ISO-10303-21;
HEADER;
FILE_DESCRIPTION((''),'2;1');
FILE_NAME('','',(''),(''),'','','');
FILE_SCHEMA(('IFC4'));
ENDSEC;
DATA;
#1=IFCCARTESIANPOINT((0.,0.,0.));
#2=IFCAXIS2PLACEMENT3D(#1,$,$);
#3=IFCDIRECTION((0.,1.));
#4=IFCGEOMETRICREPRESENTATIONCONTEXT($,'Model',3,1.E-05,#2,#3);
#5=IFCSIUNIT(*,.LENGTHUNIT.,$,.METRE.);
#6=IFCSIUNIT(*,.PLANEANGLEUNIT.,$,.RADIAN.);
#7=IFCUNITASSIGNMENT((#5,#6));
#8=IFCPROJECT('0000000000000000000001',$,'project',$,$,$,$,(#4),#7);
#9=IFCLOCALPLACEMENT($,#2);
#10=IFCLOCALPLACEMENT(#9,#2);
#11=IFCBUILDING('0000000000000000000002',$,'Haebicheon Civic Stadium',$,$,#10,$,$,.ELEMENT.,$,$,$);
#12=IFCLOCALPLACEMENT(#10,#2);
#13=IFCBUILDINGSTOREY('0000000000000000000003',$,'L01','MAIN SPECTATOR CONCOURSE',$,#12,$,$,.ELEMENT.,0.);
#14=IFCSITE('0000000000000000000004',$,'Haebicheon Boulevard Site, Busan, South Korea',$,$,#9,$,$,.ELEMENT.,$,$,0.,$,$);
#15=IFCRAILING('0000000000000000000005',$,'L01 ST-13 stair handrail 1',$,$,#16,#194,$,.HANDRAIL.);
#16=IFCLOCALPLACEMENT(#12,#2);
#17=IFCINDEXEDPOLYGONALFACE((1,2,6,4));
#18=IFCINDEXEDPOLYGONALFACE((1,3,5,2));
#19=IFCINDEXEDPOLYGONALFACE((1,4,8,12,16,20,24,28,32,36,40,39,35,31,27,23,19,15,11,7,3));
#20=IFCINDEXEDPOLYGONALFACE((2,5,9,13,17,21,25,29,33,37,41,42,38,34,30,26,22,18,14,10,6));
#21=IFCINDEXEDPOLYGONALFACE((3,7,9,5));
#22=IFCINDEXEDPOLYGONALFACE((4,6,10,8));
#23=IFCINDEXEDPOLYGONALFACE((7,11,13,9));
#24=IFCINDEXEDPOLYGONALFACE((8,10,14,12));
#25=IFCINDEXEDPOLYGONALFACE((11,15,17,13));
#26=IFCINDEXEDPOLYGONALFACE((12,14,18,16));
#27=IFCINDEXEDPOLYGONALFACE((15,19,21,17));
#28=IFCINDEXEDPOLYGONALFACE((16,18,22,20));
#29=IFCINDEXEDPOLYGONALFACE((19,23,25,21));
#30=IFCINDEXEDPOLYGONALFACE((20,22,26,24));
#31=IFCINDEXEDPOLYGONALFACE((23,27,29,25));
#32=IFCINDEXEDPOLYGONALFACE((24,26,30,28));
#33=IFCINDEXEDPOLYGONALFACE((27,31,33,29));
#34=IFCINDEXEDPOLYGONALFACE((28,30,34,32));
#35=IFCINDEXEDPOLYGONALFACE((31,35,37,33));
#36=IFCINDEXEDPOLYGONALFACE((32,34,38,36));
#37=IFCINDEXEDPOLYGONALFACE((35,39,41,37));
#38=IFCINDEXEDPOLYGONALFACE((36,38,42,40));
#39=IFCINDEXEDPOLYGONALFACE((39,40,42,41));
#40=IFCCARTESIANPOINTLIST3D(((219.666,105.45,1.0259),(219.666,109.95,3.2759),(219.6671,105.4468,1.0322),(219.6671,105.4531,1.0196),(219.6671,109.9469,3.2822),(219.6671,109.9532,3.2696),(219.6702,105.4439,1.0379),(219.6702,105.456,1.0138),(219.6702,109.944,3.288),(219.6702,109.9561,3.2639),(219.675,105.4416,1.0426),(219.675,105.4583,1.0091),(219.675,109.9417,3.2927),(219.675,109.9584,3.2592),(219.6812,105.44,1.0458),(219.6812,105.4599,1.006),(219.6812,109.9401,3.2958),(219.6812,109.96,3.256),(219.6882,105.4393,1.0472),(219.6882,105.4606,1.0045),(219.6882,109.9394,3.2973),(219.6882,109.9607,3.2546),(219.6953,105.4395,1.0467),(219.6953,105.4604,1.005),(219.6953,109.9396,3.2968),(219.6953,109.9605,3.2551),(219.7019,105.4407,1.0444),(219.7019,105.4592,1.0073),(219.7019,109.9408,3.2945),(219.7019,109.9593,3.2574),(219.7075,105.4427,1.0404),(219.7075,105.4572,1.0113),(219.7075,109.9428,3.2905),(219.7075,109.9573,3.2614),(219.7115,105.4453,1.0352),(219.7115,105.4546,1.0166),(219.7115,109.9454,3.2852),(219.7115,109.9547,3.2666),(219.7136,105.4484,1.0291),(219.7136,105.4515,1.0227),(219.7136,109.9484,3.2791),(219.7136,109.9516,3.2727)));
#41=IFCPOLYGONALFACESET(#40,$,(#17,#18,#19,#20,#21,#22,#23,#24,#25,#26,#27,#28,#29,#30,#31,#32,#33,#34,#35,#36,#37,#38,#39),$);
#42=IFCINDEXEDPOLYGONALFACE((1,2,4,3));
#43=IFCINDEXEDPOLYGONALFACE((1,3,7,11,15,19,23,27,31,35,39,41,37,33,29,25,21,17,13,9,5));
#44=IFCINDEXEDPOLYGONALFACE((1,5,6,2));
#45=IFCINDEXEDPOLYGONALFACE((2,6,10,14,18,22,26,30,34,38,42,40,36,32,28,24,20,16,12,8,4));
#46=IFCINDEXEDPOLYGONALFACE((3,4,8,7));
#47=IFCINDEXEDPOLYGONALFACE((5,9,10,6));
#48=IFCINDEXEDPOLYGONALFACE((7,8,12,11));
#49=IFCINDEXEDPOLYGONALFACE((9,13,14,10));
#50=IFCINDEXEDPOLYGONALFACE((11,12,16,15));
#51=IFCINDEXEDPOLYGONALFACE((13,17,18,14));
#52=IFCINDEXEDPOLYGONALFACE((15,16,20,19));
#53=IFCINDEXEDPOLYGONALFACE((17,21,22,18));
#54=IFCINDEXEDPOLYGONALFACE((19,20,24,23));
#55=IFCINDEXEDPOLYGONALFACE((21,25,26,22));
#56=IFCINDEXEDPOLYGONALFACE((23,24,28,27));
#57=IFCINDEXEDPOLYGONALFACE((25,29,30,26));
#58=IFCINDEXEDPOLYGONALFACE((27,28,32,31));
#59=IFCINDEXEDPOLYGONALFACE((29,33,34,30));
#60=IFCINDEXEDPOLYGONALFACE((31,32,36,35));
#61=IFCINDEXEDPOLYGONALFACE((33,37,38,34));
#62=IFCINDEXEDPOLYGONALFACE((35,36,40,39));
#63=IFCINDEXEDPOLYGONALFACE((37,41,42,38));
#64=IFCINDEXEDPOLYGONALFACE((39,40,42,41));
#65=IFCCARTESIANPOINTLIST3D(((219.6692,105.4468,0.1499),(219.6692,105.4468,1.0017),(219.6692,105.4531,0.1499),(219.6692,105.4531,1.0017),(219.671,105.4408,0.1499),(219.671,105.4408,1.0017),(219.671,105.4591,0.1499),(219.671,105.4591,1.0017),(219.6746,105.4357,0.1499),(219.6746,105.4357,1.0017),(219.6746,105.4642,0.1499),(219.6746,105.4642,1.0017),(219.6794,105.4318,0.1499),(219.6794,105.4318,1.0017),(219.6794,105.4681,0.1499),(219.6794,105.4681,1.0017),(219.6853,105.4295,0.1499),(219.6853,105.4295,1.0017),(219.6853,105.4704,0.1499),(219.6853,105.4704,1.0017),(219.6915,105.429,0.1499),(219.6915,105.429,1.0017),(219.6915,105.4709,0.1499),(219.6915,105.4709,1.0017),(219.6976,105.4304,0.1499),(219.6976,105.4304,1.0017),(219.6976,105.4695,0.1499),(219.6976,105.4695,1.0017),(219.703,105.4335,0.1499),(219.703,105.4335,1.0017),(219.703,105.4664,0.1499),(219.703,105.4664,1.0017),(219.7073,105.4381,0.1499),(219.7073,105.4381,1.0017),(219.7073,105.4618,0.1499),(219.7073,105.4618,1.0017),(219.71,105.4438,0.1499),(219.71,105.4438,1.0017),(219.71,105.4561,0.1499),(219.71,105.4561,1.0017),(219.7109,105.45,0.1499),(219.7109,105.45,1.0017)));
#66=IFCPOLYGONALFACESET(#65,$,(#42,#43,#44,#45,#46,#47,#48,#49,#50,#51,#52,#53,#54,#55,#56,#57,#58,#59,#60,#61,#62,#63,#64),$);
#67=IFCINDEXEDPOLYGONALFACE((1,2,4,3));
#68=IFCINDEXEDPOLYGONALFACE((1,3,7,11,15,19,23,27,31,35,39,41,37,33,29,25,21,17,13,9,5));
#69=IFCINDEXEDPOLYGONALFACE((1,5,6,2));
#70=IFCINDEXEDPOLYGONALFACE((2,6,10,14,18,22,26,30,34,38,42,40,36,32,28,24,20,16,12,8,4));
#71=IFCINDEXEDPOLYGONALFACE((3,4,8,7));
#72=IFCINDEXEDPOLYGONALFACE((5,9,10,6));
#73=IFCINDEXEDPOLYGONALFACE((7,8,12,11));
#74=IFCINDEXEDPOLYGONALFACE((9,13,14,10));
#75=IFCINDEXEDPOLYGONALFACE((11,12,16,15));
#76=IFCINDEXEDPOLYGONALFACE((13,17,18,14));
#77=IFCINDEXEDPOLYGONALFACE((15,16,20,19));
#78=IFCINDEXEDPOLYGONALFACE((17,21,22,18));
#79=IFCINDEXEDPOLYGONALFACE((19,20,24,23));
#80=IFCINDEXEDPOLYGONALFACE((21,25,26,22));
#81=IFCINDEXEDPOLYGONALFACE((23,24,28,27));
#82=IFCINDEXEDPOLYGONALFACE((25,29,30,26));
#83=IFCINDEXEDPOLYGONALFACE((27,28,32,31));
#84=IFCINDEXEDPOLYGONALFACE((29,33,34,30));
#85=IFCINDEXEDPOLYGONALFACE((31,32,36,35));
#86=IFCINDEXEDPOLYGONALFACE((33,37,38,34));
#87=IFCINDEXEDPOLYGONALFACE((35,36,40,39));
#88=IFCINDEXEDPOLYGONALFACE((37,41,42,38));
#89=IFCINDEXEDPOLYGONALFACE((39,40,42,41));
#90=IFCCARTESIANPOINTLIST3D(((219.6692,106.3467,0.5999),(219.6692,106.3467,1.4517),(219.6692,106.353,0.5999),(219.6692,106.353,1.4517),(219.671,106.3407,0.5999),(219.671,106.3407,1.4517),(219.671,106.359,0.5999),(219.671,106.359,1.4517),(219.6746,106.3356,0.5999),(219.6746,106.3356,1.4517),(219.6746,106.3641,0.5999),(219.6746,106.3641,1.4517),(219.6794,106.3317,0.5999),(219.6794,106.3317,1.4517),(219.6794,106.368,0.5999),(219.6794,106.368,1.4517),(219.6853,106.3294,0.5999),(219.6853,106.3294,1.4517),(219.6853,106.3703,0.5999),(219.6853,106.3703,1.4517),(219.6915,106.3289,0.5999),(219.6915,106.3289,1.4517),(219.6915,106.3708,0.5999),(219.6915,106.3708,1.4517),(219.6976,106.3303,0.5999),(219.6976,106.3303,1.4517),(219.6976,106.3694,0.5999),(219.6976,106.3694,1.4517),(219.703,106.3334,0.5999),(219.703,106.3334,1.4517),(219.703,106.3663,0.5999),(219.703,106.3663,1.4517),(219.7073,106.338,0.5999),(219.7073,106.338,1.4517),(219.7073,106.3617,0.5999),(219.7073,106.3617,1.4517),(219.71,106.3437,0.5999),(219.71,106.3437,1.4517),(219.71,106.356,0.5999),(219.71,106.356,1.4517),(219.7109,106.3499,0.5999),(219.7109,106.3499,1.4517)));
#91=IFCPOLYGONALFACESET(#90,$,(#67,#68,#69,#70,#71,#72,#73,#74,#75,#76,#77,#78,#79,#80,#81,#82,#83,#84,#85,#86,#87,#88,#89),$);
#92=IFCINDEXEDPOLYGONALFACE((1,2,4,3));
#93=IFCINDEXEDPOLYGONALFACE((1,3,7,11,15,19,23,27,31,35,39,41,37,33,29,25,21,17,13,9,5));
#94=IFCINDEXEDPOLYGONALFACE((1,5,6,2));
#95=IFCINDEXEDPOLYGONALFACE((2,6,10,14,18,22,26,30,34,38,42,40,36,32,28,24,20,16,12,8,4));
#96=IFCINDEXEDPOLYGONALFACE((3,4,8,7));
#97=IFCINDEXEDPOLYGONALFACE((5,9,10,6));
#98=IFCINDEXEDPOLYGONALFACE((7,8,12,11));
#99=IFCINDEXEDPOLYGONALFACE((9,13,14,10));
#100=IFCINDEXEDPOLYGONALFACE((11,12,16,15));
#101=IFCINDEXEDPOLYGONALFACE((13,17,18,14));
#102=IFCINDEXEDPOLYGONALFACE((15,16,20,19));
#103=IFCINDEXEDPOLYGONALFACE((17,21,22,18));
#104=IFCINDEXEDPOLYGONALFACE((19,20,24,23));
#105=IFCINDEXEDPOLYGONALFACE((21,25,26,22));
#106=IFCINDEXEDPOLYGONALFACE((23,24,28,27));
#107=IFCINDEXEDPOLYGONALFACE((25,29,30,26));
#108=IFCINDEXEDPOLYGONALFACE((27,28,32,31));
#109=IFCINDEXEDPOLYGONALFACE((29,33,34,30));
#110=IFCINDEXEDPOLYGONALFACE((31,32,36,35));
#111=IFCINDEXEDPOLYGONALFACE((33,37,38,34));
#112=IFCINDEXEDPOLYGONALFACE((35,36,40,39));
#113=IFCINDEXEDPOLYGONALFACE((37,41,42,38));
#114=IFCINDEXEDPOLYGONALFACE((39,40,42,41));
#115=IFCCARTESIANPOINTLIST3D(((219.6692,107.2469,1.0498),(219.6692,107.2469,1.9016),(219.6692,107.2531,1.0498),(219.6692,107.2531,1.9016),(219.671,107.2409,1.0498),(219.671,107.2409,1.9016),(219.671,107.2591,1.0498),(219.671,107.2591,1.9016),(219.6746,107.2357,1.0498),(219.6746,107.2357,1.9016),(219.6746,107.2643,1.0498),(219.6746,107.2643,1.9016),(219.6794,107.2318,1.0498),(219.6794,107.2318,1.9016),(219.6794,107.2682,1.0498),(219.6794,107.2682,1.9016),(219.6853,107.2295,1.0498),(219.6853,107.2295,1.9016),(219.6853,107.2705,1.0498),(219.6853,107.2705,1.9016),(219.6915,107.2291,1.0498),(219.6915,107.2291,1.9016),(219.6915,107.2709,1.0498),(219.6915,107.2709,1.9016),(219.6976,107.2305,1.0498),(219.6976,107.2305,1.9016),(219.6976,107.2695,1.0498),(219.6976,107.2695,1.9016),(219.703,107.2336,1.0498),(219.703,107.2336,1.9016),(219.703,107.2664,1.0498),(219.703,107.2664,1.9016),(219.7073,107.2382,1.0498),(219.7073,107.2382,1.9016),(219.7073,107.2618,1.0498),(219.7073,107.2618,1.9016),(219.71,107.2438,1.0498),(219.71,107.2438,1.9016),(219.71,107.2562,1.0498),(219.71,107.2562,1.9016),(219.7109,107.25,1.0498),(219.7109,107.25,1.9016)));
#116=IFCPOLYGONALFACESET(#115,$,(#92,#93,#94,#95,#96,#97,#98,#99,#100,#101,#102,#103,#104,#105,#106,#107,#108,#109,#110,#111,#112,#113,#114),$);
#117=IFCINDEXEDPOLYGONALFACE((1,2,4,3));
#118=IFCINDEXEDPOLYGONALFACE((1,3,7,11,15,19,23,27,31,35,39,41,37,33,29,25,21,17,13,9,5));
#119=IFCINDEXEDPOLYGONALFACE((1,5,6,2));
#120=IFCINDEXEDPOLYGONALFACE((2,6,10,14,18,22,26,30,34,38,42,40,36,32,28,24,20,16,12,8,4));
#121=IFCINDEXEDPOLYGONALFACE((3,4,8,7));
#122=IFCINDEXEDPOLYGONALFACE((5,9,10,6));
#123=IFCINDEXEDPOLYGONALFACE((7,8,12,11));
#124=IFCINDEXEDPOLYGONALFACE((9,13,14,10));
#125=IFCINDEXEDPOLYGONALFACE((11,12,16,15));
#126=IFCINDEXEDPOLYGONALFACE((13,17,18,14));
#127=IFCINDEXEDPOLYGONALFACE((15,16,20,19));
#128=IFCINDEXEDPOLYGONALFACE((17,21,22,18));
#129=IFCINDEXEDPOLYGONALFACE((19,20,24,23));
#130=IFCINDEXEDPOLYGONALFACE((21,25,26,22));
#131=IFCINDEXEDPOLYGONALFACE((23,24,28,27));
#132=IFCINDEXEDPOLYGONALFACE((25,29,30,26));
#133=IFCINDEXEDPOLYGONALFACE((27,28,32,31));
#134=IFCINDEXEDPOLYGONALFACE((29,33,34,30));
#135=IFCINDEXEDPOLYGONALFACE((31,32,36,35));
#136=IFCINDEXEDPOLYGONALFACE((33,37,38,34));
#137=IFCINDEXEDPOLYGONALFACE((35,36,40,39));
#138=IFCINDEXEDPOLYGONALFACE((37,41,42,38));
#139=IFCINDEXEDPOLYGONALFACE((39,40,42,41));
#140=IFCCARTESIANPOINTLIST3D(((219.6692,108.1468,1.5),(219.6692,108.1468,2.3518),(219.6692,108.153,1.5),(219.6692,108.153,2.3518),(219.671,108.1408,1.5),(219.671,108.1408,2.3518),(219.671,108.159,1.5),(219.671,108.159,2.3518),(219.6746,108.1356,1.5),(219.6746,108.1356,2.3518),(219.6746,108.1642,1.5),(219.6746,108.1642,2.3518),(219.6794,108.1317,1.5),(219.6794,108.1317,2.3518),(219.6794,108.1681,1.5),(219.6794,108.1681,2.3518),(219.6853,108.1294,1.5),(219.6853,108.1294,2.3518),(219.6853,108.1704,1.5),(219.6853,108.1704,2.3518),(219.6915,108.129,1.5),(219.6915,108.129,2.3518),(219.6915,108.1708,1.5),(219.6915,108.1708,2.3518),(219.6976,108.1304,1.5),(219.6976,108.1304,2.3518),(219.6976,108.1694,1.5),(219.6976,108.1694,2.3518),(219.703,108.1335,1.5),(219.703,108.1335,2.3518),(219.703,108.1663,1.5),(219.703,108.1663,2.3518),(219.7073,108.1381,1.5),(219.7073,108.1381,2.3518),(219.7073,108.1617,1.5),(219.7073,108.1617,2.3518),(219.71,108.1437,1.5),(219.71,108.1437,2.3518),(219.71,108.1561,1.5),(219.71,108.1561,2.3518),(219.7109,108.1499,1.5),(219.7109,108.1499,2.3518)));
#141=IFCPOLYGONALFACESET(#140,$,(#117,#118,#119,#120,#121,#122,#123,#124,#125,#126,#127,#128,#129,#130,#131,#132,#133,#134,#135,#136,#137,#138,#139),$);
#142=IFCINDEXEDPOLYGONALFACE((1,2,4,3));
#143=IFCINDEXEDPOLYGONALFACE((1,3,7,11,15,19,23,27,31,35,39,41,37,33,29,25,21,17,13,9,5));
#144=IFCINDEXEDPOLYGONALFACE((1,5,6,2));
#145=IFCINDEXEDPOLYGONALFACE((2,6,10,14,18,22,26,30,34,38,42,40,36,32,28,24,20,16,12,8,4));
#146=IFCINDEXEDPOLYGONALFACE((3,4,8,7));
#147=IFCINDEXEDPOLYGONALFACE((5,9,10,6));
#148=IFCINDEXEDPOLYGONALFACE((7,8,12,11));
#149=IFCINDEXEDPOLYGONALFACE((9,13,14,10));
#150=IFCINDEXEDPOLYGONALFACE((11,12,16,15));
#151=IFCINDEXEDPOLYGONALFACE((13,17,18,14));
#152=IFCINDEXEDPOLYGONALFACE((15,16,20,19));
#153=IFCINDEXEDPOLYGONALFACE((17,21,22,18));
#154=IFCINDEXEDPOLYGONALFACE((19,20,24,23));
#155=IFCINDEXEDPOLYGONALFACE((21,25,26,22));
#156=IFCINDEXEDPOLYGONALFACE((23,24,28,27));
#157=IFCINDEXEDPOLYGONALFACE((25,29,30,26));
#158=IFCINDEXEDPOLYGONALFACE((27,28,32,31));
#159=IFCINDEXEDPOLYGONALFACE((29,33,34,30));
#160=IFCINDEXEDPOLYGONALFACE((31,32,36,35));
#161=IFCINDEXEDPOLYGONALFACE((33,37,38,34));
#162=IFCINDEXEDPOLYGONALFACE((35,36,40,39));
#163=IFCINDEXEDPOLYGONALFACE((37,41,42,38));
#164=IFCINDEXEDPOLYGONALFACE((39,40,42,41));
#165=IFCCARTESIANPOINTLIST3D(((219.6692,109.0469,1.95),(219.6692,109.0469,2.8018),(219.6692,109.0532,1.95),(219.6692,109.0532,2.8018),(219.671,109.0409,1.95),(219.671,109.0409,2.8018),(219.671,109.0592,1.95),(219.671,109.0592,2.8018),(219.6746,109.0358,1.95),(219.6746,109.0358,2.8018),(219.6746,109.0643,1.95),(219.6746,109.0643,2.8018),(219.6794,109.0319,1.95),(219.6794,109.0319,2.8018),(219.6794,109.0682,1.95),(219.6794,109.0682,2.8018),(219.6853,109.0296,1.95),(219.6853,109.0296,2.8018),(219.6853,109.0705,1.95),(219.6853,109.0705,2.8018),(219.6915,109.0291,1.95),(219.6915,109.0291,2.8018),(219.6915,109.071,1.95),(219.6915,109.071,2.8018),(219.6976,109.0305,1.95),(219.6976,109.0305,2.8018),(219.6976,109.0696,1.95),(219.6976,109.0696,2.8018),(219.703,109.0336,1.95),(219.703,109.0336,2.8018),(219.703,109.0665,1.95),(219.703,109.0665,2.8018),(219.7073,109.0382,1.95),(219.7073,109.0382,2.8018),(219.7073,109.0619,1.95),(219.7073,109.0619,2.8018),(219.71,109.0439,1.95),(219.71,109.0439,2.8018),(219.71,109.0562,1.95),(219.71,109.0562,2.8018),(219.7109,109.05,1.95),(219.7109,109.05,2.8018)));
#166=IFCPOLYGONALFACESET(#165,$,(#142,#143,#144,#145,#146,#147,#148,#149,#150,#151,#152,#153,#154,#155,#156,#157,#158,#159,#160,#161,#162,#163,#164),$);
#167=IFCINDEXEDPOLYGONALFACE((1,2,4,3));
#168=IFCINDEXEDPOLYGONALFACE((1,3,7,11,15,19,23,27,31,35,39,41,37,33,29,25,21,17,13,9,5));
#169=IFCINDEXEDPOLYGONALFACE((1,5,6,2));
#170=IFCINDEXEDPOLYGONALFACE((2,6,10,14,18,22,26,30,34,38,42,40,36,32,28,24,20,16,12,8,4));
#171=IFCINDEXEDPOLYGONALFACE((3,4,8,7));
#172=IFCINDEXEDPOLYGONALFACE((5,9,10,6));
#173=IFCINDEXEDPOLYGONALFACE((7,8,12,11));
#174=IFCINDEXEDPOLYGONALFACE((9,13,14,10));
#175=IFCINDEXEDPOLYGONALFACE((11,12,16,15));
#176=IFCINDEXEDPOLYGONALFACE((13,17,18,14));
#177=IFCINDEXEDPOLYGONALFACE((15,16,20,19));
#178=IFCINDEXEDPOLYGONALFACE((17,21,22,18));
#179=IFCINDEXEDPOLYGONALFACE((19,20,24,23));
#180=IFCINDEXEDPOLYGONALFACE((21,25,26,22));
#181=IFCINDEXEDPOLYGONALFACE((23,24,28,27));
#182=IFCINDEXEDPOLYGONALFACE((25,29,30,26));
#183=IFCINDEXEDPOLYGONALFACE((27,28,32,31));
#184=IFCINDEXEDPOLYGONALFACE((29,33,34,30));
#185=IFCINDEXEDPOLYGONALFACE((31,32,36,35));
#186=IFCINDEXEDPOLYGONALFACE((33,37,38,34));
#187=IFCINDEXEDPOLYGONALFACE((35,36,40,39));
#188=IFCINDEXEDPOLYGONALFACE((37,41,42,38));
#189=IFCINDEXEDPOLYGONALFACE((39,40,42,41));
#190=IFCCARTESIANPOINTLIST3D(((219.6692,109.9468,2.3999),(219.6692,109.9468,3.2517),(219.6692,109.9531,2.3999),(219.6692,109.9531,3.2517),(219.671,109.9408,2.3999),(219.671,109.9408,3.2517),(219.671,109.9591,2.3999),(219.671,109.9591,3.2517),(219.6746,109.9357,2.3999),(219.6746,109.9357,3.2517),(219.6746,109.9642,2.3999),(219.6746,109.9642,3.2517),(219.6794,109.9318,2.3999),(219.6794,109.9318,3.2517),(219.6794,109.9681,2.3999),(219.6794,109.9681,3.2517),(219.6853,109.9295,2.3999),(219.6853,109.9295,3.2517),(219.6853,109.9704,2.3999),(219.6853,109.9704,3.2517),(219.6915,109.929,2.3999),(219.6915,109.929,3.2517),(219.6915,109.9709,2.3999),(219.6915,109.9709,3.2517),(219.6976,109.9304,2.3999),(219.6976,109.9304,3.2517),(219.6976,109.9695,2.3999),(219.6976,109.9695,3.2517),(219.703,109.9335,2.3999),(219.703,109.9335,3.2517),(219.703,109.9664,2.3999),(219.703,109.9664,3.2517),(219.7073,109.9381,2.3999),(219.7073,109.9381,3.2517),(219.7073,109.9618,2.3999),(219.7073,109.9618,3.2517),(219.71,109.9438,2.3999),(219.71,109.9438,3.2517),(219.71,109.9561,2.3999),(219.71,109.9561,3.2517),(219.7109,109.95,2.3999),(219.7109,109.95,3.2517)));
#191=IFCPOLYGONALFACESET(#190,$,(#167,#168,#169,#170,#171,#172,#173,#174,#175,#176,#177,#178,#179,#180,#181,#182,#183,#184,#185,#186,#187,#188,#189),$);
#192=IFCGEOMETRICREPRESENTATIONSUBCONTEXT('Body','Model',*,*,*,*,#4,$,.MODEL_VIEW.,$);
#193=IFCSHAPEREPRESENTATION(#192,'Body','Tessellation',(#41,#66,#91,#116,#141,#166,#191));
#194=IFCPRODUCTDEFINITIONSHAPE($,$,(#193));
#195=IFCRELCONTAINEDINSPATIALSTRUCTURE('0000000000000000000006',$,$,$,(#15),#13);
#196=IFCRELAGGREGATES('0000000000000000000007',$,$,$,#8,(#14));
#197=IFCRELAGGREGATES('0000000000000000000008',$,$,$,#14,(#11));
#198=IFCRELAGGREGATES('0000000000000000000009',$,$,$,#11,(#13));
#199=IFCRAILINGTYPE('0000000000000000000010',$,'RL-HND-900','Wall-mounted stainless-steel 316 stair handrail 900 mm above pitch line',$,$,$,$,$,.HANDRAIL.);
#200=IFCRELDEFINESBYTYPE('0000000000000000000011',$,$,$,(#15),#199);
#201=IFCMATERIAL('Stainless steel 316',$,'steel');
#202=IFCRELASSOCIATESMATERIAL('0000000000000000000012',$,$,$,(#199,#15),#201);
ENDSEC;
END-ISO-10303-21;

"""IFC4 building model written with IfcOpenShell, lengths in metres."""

from ifc_helpers import new_model, si_unit, direction, frame, origin, origin_2d, place, context, subcontext, project, spatial, circle, extrude, material, type_object, element, save


model = new_model("IFC4")

# Units and contexts
model_context = context("Model", 3, precision=1e-05, world=origin(), true_north=direction((0.0, 1.0)))
body_context = subcontext(model_context, "Body", "Model", "MODEL_VIEW")
ifc_project = project(units=[si_unit("LENGTHUNIT", "METRE"), si_unit("PLANEANGLEUNIT", "RADIAN")], contexts=[model_context])

# Site, building, storey
site_placement = place(None, origin())
site = spatial("IfcSite", under=ifc_project, at=site_placement, Name="Haebicheon Boulevard Site, Busan, South Korea", CompositionType="ELEMENT", RefElevation=0.0)
building_placement = place(site_placement, origin())
building = spatial("IfcBuilding", under=site, at=building_placement, Name="Haebicheon Civic Stadium", CompositionType="ELEMENT")
storey_placement = place(building_placement, origin())
storey = spatial("IfcBuildingStorey", under=building, at=storey_placement, Name="L01", Description="MAIN SPECTATOR CONCOURSE", CompositionType="ELEMENT", Elevation=0.0)

# Railing
ifc_material_1 = material(Name="Stainless steel 316", Category="steel")
railing_type_1 = type_object("IfcRailingType", Name="RL-HND-900", Description="Wall-mounted stainless-steel 316 stair handrail 900 mm above pitch line", PredefinedType="HANDRAIL", material=ifc_material_1)
railing_1_placement = place(storey_placement, frame((219.6899, 105.45, 0.1499)))
element("IfcRailing", 1, at=railing_1_placement, inside=storey, type_object=railing_type_1, material=ifc_material_1, Name="L01 ST-13 stair handrail 1", PredefinedType="HANDRAIL", context=body_context, shape_type="SweptSolid", body=[
    extrude(circle(Radius=0.0239, at=origin_2d()), frame((0.0, 0.0, 0.876), z_axis=(0.0, 0.894427, 0.447214), x_axis=(-1.0, 0.0, 0.0)), (0.0, 0.0, 1.0), 5.0312),
    extrude(circle(Radius=0.021, at=origin_2d()), origin(), (0.0, 0.0, 1.0), 0.8518),
    extrude(circle(Radius=0.021, at=origin_2d()), frame((0.0, 0.8999, 0.45)), (0.0, 0.0, 1.0), 0.8518),
    extrude(circle(Radius=0.021, at=origin_2d()), frame((0.0, 1.8, 0.8999)), (0.0, 0.0, 1.0), 0.8518),
    extrude(circle(Radius=0.021, at=origin_2d()), frame((0.0, 2.7, 1.3501)), (0.0, 0.0, 1.0), 0.8518),
    extrude(circle(Radius=0.021, at=origin_2d()), frame((0.0, 3.6001, 1.8)), (0.0, 0.0, 1.0), 0.8518),
    extrude(circle(Radius=0.021, at=origin_2d()), frame((0.0, 4.5, 2.25)), (0.0, 0.0, 1.0), 0.8518),
])

save(model, "model.ifc")
